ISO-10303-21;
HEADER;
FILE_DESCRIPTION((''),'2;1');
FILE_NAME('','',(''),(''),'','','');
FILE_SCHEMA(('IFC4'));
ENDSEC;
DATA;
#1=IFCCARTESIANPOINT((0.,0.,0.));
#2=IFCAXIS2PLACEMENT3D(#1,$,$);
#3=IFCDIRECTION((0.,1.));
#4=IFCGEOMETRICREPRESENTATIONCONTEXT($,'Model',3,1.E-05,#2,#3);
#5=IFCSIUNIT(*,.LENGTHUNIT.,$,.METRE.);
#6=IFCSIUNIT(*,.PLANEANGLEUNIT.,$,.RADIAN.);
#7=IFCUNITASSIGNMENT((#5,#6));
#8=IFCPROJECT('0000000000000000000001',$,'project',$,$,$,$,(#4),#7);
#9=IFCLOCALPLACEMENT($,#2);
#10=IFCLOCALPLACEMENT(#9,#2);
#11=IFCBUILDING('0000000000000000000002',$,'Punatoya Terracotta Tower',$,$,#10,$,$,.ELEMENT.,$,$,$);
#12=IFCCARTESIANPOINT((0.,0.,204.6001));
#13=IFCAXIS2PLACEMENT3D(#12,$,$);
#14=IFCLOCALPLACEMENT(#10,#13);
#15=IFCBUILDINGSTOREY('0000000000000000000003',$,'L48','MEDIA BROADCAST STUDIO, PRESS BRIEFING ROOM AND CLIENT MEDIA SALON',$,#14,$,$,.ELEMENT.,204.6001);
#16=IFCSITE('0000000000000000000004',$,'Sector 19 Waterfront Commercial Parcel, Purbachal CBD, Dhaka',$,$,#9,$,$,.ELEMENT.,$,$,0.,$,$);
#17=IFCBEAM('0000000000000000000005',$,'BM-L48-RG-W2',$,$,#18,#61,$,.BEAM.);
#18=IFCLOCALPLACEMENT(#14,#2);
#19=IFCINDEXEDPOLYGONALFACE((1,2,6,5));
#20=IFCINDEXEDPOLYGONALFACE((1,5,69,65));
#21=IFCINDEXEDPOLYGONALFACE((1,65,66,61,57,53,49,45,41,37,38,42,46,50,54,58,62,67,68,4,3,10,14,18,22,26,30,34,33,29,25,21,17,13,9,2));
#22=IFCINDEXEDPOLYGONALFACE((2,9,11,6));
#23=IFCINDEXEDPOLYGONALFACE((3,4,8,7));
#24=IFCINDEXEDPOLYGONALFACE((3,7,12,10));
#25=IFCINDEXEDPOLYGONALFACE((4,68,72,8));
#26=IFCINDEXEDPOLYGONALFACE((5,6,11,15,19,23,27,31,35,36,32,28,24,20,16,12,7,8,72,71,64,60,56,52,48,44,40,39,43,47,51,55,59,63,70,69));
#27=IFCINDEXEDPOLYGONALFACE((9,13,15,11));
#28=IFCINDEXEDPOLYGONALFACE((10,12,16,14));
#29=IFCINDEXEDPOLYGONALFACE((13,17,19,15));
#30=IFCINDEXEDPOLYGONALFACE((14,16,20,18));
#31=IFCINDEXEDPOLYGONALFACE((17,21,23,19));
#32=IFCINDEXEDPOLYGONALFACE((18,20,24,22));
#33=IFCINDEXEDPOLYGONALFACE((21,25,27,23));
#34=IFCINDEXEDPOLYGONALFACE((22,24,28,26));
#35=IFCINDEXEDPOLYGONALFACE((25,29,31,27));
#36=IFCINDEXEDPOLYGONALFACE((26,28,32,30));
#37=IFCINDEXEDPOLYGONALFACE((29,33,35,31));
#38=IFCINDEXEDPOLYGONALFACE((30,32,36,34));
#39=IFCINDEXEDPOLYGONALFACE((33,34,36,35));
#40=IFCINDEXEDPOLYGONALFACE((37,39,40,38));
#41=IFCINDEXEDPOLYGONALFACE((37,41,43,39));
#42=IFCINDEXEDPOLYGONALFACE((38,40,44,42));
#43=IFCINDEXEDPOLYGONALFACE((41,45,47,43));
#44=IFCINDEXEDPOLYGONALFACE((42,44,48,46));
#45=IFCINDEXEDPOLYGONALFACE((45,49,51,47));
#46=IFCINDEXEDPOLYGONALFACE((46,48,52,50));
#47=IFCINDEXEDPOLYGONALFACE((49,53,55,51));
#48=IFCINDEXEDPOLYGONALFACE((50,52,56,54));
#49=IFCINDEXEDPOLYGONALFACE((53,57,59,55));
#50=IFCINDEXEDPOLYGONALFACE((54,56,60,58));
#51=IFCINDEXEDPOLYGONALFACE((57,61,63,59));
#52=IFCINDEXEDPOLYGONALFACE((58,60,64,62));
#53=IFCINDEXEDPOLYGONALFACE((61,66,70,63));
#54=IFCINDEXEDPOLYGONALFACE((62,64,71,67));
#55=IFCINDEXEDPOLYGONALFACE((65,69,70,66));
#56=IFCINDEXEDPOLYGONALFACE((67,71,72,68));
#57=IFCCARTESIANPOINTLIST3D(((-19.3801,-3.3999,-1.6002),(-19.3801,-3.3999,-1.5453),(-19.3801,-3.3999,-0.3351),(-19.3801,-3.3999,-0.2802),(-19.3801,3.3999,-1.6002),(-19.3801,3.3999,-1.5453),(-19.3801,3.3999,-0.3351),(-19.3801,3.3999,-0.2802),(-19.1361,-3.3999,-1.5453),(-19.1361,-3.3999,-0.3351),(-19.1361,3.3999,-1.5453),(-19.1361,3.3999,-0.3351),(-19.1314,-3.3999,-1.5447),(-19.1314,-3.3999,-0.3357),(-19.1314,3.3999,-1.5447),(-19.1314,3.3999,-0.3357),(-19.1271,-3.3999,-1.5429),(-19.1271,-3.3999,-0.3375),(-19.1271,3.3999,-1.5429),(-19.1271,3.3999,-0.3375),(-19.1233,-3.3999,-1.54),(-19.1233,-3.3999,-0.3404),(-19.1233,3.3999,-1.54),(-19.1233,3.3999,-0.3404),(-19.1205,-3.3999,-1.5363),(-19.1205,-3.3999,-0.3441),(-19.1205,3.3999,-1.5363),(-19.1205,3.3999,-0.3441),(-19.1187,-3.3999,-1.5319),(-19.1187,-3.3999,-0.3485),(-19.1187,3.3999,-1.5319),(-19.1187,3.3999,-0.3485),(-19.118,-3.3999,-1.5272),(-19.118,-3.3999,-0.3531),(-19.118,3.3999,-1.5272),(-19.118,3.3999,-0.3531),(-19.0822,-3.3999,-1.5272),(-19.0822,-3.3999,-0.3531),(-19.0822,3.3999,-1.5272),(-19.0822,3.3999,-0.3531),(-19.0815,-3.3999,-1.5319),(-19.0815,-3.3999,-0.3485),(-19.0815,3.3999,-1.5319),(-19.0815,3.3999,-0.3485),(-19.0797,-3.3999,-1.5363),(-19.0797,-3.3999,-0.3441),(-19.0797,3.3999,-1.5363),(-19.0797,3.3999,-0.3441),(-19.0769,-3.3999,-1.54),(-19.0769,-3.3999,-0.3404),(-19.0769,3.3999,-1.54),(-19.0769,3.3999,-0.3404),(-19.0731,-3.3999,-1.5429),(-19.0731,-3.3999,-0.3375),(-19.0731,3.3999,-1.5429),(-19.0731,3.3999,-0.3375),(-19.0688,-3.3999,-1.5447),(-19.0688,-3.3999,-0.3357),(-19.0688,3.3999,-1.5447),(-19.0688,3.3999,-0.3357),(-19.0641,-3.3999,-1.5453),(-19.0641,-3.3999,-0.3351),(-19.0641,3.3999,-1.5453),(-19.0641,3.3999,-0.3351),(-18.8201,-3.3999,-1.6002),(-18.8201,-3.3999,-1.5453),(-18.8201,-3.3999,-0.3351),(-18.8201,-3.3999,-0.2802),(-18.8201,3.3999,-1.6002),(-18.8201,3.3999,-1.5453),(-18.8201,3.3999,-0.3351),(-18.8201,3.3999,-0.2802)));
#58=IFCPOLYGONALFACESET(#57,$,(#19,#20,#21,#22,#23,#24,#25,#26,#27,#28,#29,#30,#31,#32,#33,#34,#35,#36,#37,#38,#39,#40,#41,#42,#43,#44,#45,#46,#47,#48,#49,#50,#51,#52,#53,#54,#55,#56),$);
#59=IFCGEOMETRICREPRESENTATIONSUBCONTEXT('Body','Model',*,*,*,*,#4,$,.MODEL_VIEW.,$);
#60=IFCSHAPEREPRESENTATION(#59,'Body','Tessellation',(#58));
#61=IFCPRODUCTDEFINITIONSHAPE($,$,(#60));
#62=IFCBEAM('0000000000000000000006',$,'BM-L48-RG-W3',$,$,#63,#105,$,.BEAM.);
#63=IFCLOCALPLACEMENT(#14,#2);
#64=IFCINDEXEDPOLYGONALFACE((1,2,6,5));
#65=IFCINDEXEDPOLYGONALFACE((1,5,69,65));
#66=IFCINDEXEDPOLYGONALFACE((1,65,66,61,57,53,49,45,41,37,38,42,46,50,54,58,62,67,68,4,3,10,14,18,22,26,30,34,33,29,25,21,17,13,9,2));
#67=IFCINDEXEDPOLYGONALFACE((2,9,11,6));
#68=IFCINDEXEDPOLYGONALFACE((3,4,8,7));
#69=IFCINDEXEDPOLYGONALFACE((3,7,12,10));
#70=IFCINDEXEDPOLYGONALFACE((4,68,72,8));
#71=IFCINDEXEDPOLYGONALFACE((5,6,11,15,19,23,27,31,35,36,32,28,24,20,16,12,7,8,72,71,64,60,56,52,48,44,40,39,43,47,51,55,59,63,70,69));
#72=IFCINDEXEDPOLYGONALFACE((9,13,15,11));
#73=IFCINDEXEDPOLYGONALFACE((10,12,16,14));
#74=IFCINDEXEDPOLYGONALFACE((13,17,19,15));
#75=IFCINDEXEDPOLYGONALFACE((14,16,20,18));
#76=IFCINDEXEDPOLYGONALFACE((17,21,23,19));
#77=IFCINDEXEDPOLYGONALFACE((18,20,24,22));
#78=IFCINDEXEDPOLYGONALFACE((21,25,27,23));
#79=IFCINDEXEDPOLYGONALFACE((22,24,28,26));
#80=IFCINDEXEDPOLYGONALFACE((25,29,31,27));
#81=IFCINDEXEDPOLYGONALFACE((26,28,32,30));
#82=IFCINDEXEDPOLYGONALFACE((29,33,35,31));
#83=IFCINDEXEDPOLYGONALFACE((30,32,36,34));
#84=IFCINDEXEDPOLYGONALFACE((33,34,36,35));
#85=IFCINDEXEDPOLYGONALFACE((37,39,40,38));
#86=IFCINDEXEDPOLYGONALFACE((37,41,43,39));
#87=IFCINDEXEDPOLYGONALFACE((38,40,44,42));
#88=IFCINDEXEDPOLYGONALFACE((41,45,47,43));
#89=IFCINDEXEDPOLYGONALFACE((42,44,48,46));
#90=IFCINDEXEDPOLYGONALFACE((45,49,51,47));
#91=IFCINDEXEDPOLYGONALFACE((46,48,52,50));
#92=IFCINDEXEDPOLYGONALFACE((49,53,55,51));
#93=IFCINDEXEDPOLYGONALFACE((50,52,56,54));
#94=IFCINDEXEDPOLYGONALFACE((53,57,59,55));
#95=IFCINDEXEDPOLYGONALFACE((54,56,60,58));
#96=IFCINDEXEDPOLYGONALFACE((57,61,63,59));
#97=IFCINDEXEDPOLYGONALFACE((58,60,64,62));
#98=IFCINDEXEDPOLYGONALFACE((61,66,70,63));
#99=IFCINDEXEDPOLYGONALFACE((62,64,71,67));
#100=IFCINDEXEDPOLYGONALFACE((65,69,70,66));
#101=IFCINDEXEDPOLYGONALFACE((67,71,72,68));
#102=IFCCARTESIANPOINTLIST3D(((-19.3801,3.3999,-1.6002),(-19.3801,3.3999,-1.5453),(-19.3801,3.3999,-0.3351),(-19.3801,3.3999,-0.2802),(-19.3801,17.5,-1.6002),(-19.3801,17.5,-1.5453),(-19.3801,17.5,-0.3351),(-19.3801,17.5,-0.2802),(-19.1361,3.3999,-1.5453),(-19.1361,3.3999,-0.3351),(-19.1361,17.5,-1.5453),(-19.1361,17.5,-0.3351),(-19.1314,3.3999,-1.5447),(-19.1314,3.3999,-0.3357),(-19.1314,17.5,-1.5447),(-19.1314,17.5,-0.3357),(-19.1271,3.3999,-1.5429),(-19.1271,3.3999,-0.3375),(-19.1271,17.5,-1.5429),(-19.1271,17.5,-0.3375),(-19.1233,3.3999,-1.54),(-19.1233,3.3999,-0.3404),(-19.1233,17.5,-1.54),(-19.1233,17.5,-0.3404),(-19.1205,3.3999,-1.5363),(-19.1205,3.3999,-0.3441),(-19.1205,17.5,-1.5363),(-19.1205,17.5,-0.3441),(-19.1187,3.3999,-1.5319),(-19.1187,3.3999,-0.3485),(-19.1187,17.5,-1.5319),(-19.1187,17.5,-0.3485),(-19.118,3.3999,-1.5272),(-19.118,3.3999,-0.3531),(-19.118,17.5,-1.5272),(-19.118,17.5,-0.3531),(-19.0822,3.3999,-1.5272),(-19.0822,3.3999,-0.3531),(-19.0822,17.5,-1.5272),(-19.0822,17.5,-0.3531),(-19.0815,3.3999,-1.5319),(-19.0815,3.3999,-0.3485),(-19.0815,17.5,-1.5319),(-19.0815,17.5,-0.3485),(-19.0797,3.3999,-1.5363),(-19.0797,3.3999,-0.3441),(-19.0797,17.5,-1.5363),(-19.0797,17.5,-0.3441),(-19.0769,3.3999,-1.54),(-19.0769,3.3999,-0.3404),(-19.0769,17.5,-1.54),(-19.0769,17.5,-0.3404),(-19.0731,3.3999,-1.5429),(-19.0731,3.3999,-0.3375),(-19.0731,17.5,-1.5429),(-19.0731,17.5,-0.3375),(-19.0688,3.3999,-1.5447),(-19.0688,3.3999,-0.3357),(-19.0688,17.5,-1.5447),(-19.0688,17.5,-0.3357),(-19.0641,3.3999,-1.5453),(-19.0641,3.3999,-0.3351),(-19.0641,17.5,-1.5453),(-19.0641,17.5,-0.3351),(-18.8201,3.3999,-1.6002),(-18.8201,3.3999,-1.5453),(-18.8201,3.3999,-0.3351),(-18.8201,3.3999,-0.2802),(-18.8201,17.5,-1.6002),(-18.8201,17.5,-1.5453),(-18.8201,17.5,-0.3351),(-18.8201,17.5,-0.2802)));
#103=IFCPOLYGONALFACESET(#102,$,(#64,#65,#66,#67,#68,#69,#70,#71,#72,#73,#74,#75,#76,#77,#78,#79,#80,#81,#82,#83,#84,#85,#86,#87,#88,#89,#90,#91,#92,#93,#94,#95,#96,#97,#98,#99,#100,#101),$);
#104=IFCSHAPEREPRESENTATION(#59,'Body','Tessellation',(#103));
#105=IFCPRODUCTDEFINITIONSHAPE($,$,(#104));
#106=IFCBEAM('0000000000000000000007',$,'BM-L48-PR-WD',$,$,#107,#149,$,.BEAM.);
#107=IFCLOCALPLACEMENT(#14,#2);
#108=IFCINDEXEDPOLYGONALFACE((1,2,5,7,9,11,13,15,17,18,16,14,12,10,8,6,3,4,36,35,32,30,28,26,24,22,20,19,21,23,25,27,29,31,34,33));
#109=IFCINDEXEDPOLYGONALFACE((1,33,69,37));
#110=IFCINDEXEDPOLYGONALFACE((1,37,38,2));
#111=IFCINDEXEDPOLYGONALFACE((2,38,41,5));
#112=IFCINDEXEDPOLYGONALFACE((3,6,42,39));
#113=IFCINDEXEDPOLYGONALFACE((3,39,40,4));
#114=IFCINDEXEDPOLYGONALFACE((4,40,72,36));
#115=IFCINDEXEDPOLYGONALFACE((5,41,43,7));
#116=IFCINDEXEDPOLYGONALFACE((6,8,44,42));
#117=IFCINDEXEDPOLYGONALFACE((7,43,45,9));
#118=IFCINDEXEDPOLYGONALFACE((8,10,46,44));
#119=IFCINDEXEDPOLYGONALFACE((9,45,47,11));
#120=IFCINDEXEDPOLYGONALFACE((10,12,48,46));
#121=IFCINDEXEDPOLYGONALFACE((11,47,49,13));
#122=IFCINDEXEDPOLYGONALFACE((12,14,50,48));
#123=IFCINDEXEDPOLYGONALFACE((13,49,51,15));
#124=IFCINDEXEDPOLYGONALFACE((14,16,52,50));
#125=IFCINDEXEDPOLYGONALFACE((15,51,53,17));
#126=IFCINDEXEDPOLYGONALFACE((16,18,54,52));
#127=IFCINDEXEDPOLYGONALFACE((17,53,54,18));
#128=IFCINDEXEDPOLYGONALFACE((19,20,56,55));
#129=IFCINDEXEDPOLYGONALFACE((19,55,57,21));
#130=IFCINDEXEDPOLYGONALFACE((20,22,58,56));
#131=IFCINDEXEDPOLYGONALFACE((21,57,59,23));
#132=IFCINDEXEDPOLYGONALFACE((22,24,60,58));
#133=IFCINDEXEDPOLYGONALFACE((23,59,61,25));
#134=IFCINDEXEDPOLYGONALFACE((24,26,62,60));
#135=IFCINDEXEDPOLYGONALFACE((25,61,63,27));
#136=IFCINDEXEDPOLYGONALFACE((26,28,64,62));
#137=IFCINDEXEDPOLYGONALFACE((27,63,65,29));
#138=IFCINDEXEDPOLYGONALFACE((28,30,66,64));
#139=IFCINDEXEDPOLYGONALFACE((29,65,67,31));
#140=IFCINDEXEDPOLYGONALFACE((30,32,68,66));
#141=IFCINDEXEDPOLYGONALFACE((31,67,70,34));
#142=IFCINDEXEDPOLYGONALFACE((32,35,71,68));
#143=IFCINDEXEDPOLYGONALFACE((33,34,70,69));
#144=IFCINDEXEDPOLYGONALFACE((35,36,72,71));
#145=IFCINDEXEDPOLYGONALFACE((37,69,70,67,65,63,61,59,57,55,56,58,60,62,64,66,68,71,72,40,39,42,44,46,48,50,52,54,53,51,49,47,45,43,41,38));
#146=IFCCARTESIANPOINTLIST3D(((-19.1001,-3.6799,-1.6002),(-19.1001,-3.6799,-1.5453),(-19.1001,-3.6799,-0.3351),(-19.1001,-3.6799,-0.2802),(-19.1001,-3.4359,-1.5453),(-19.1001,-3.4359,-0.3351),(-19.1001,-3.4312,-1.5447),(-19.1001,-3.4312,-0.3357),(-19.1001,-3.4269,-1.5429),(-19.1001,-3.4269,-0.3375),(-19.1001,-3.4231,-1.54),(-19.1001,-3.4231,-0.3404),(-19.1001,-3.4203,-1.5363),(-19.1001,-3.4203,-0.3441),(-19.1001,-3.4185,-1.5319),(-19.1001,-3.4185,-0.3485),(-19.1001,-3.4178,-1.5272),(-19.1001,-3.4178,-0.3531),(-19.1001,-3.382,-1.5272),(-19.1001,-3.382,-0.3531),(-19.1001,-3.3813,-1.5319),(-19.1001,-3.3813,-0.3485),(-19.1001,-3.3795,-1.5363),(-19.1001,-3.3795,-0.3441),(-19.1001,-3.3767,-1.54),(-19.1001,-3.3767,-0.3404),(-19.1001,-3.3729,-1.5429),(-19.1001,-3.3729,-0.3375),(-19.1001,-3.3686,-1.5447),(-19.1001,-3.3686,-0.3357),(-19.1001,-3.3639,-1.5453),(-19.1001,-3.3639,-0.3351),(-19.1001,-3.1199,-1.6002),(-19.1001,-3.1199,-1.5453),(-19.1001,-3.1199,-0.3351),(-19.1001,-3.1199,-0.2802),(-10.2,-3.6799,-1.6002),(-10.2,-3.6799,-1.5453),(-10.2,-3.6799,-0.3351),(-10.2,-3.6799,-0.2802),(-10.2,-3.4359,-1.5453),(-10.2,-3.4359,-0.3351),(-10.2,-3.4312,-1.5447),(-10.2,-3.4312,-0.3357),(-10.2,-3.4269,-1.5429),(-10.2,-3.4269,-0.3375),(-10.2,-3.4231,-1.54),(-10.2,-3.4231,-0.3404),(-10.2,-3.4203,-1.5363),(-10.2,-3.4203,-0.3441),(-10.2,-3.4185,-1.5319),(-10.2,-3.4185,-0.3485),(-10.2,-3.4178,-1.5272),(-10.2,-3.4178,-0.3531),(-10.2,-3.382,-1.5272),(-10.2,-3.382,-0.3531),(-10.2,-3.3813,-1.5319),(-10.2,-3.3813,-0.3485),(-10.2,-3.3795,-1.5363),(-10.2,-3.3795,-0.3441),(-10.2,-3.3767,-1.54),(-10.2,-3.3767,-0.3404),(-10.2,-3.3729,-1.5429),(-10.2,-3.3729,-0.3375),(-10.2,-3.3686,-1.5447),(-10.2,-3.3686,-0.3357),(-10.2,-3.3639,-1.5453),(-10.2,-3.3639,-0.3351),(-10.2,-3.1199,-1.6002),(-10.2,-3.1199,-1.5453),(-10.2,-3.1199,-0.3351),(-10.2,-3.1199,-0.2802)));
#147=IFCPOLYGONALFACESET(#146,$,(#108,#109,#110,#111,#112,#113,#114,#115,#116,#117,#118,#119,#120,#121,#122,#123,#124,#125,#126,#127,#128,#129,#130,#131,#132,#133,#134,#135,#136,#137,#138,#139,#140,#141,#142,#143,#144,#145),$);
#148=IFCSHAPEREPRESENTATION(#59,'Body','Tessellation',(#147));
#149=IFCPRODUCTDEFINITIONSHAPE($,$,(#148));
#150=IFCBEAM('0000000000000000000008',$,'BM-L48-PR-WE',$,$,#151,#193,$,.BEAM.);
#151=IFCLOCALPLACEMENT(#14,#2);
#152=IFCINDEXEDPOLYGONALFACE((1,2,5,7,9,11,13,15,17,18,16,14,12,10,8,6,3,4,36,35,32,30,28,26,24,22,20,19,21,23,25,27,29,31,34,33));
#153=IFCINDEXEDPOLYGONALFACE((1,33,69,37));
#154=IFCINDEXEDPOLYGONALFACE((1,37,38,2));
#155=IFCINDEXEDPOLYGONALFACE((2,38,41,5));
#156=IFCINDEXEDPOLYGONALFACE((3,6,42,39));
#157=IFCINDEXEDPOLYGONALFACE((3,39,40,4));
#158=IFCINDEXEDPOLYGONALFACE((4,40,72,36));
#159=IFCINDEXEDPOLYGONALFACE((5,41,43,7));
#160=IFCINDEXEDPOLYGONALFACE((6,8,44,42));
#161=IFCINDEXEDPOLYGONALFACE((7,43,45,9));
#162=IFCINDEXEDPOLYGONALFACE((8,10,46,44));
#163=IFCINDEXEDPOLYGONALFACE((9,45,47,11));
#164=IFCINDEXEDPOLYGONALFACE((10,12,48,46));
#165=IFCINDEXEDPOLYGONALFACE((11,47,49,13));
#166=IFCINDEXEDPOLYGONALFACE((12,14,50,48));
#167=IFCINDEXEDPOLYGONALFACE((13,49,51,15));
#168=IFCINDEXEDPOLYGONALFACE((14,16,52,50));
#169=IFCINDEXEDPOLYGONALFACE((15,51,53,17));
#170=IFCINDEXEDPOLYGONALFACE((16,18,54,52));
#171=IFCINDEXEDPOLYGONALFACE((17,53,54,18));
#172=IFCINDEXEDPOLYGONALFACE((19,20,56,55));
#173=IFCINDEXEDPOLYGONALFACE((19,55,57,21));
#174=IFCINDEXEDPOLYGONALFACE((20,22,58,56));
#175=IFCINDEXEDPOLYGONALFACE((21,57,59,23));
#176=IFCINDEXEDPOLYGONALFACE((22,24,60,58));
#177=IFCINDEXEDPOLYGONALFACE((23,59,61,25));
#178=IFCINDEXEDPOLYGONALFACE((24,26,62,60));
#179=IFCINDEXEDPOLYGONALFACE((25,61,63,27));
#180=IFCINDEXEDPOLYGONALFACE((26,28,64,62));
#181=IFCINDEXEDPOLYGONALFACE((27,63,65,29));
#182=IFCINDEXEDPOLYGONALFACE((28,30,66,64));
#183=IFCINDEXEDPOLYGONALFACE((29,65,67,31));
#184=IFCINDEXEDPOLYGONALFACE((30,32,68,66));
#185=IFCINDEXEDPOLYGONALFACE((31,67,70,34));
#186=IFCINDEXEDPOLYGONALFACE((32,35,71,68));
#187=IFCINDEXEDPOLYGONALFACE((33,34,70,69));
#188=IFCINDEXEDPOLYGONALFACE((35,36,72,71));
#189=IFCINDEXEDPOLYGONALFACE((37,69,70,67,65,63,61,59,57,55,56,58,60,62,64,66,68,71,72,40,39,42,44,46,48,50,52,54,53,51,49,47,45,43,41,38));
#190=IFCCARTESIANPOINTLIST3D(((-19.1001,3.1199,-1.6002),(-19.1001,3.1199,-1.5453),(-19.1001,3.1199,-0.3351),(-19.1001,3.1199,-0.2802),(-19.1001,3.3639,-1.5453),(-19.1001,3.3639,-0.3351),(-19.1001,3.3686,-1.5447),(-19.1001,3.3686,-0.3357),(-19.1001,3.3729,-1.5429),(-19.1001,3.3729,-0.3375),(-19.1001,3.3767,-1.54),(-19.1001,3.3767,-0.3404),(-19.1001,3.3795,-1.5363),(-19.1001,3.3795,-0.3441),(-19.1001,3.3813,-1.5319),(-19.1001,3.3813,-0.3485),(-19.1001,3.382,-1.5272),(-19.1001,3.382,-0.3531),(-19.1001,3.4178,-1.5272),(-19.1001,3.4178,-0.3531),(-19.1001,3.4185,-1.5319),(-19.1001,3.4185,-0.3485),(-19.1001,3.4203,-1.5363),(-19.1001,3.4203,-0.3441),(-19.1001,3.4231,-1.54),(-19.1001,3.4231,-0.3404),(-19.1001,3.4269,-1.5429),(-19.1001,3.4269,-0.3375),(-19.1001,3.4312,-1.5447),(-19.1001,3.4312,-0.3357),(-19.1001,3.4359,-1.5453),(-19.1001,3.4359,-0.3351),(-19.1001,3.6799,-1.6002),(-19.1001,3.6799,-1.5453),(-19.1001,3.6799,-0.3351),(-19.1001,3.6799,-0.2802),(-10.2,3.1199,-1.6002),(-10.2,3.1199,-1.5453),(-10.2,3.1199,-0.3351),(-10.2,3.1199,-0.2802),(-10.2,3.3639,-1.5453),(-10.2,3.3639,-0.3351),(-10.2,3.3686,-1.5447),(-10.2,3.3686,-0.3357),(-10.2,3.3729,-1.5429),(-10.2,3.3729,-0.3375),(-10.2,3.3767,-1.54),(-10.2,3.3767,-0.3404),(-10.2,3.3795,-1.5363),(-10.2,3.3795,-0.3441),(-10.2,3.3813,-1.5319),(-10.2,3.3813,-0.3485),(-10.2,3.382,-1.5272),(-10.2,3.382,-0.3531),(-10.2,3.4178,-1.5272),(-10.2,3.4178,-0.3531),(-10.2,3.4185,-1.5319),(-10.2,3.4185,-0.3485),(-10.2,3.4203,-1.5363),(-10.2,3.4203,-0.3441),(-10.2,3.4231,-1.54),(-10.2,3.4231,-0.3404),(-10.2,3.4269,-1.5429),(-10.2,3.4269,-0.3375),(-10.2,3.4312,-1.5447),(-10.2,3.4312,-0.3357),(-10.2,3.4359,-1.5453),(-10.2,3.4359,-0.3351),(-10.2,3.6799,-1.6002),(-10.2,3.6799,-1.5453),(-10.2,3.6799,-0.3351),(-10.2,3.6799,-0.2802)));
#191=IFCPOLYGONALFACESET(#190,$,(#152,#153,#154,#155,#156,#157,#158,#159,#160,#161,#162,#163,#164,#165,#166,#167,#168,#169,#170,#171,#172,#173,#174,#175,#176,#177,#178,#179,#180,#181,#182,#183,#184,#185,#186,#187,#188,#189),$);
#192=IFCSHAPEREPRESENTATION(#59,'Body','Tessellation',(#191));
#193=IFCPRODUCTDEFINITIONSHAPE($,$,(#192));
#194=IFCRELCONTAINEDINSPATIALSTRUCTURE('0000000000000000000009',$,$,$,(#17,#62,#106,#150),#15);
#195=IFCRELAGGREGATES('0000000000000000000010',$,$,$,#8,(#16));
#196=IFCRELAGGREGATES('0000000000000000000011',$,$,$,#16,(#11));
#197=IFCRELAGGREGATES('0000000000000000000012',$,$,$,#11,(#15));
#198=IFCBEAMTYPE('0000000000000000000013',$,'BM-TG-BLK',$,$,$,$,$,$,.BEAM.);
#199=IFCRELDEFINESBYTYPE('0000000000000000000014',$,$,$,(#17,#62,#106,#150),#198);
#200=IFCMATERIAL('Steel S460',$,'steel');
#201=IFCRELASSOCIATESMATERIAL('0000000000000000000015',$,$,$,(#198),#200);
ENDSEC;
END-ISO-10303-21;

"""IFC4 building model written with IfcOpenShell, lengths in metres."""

from ifc_helpers import new_model, si_unit, direction, frame, origin, origin_2d, place, context, subcontext, project, spatial, i_section, extrude, material, material_profile, profile_set, type_object, element, save


model = new_model("IFC4")

# Units and contexts
model_context = context("Model", 3, precision=1e-05, world=origin(), true_north=direction((0.0, 1.0)))
body_context = subcontext(model_context, "Body", "Model", "MODEL_VIEW")
ifc_project = project(units=[si_unit("LENGTHUNIT", "METRE"), si_unit("PLANEANGLEUNIT", "RADIAN")], contexts=[model_context])

# Site, building, storey
site_placement = place(None, origin())
site = spatial("IfcSite", under=ifc_project, at=site_placement, Name="Sector 19 Waterfront Commercial Parcel, Purbachal CBD, Dhaka", CompositionType="ELEMENT", RefElevation=0.0)
building_placement = place(site_placement, origin())
building = spatial("IfcBuilding", under=site, at=building_placement, Name="Punatoya Terracotta Tower", CompositionType="ELEMENT")
storey_placement = place(building_placement, frame((0.0, 0.0, 204.6001)))
storey = spatial("IfcBuildingStorey", under=building, at=storey_placement, Name="L48", Description="MEDIA BROADCAST STUDIO, PRESS BRIEFING ROOM AND CLIENT MEDIA SALON", CompositionType="ELEMENT", Elevation=204.6001)

# Shared definitions
ifc_material_1 = material(Name="Steel S460", Category="steel")

# Beams
ifc_material_profile_1 = material_profile(ifc_material_1, i_section(OverallWidth=0.5601, OverallDepth=1.3201, WebThickness=0.0359, FlangeThickness=0.0549, FilletRadius=0.0181, at=origin_2d()))
ifc_profile_set_1 = profile_set([ifc_material_profile_1], Name="Steel S460")
beam_type_1 = type_object("IfcBeamType", Name="BM-TG-BLK", PredefinedType="BEAM", material=ifc_profile_set_1)
beam_1_placement = place(storey_placement, frame((-19.1001, -3.3999, -0.9402), z_axis=(0.0, 1.0, 0.0), x_axis=(-1.0, 0.0, 0.0)))
element("IfcBeam", 1, at=beam_1_placement, inside=storey, type_object=beam_type_1, Name="BM-L48-RG-W2", PredefinedType="BEAM", context=body_context, shape_type="SweptSolid", body=[
    extrude(i_section(OverallWidth=0.5601, OverallDepth=1.3201, WebThickness=0.0359, FlangeThickness=0.0549, FilletRadius=0.0181, at=origin_2d()), origin(), (0.0, 0.0, 1.0), 6.7998),
])
beam_2_placement = place(storey_placement, frame((-19.1001, 3.3999, -0.9402), z_axis=(0.0, 1.0, 0.0), x_axis=(-1.0, 0.0, 0.0)))
element("IfcBeam", 2, at=beam_2_placement, inside=storey, type_object=beam_type_1, Name="BM-L48-RG-W3", PredefinedType="BEAM", context=body_context, shape_type="SweptSolid", body=[
    extrude(i_section(OverallWidth=0.5601, OverallDepth=1.3201, WebThickness=0.0359, FlangeThickness=0.0549, FilletRadius=0.0181, at=origin_2d()), origin(), (0.0, 0.0, 1.0), 14.1001),
])
for number, where, z_axis, x_axis, name in (
    (3, (-19.1001, -3.3999, -0.9402), (1.0, 0.0, 0.0), (0.0, 1.0, 0.0), "BM-L48-PR-WD"),
    (4, (-19.1001, 3.3999, -0.9402), (1.0, 0.0, 0.0), (0.0, 1.0, 0.0), "BM-L48-PR-WE"),
):
    element("IfcBeam", number, at=place(storey_placement, frame(where, z_axis=z_axis, x_axis=x_axis)), inside=storey, type_object=beam_type_1, Name=name, PredefinedType="BEAM", context=body_context, shape_type="SweptSolid", body=[
        extrude(i_section(OverallWidth=0.5601, OverallDepth=1.3201, WebThickness=0.0359, FlangeThickness=0.0549, FilletRadius=0.0181, at=origin_2d()), origin(), (0.0, 0.0, 1.0), 8.9001),
    ])

save(model, "model.ifc")
